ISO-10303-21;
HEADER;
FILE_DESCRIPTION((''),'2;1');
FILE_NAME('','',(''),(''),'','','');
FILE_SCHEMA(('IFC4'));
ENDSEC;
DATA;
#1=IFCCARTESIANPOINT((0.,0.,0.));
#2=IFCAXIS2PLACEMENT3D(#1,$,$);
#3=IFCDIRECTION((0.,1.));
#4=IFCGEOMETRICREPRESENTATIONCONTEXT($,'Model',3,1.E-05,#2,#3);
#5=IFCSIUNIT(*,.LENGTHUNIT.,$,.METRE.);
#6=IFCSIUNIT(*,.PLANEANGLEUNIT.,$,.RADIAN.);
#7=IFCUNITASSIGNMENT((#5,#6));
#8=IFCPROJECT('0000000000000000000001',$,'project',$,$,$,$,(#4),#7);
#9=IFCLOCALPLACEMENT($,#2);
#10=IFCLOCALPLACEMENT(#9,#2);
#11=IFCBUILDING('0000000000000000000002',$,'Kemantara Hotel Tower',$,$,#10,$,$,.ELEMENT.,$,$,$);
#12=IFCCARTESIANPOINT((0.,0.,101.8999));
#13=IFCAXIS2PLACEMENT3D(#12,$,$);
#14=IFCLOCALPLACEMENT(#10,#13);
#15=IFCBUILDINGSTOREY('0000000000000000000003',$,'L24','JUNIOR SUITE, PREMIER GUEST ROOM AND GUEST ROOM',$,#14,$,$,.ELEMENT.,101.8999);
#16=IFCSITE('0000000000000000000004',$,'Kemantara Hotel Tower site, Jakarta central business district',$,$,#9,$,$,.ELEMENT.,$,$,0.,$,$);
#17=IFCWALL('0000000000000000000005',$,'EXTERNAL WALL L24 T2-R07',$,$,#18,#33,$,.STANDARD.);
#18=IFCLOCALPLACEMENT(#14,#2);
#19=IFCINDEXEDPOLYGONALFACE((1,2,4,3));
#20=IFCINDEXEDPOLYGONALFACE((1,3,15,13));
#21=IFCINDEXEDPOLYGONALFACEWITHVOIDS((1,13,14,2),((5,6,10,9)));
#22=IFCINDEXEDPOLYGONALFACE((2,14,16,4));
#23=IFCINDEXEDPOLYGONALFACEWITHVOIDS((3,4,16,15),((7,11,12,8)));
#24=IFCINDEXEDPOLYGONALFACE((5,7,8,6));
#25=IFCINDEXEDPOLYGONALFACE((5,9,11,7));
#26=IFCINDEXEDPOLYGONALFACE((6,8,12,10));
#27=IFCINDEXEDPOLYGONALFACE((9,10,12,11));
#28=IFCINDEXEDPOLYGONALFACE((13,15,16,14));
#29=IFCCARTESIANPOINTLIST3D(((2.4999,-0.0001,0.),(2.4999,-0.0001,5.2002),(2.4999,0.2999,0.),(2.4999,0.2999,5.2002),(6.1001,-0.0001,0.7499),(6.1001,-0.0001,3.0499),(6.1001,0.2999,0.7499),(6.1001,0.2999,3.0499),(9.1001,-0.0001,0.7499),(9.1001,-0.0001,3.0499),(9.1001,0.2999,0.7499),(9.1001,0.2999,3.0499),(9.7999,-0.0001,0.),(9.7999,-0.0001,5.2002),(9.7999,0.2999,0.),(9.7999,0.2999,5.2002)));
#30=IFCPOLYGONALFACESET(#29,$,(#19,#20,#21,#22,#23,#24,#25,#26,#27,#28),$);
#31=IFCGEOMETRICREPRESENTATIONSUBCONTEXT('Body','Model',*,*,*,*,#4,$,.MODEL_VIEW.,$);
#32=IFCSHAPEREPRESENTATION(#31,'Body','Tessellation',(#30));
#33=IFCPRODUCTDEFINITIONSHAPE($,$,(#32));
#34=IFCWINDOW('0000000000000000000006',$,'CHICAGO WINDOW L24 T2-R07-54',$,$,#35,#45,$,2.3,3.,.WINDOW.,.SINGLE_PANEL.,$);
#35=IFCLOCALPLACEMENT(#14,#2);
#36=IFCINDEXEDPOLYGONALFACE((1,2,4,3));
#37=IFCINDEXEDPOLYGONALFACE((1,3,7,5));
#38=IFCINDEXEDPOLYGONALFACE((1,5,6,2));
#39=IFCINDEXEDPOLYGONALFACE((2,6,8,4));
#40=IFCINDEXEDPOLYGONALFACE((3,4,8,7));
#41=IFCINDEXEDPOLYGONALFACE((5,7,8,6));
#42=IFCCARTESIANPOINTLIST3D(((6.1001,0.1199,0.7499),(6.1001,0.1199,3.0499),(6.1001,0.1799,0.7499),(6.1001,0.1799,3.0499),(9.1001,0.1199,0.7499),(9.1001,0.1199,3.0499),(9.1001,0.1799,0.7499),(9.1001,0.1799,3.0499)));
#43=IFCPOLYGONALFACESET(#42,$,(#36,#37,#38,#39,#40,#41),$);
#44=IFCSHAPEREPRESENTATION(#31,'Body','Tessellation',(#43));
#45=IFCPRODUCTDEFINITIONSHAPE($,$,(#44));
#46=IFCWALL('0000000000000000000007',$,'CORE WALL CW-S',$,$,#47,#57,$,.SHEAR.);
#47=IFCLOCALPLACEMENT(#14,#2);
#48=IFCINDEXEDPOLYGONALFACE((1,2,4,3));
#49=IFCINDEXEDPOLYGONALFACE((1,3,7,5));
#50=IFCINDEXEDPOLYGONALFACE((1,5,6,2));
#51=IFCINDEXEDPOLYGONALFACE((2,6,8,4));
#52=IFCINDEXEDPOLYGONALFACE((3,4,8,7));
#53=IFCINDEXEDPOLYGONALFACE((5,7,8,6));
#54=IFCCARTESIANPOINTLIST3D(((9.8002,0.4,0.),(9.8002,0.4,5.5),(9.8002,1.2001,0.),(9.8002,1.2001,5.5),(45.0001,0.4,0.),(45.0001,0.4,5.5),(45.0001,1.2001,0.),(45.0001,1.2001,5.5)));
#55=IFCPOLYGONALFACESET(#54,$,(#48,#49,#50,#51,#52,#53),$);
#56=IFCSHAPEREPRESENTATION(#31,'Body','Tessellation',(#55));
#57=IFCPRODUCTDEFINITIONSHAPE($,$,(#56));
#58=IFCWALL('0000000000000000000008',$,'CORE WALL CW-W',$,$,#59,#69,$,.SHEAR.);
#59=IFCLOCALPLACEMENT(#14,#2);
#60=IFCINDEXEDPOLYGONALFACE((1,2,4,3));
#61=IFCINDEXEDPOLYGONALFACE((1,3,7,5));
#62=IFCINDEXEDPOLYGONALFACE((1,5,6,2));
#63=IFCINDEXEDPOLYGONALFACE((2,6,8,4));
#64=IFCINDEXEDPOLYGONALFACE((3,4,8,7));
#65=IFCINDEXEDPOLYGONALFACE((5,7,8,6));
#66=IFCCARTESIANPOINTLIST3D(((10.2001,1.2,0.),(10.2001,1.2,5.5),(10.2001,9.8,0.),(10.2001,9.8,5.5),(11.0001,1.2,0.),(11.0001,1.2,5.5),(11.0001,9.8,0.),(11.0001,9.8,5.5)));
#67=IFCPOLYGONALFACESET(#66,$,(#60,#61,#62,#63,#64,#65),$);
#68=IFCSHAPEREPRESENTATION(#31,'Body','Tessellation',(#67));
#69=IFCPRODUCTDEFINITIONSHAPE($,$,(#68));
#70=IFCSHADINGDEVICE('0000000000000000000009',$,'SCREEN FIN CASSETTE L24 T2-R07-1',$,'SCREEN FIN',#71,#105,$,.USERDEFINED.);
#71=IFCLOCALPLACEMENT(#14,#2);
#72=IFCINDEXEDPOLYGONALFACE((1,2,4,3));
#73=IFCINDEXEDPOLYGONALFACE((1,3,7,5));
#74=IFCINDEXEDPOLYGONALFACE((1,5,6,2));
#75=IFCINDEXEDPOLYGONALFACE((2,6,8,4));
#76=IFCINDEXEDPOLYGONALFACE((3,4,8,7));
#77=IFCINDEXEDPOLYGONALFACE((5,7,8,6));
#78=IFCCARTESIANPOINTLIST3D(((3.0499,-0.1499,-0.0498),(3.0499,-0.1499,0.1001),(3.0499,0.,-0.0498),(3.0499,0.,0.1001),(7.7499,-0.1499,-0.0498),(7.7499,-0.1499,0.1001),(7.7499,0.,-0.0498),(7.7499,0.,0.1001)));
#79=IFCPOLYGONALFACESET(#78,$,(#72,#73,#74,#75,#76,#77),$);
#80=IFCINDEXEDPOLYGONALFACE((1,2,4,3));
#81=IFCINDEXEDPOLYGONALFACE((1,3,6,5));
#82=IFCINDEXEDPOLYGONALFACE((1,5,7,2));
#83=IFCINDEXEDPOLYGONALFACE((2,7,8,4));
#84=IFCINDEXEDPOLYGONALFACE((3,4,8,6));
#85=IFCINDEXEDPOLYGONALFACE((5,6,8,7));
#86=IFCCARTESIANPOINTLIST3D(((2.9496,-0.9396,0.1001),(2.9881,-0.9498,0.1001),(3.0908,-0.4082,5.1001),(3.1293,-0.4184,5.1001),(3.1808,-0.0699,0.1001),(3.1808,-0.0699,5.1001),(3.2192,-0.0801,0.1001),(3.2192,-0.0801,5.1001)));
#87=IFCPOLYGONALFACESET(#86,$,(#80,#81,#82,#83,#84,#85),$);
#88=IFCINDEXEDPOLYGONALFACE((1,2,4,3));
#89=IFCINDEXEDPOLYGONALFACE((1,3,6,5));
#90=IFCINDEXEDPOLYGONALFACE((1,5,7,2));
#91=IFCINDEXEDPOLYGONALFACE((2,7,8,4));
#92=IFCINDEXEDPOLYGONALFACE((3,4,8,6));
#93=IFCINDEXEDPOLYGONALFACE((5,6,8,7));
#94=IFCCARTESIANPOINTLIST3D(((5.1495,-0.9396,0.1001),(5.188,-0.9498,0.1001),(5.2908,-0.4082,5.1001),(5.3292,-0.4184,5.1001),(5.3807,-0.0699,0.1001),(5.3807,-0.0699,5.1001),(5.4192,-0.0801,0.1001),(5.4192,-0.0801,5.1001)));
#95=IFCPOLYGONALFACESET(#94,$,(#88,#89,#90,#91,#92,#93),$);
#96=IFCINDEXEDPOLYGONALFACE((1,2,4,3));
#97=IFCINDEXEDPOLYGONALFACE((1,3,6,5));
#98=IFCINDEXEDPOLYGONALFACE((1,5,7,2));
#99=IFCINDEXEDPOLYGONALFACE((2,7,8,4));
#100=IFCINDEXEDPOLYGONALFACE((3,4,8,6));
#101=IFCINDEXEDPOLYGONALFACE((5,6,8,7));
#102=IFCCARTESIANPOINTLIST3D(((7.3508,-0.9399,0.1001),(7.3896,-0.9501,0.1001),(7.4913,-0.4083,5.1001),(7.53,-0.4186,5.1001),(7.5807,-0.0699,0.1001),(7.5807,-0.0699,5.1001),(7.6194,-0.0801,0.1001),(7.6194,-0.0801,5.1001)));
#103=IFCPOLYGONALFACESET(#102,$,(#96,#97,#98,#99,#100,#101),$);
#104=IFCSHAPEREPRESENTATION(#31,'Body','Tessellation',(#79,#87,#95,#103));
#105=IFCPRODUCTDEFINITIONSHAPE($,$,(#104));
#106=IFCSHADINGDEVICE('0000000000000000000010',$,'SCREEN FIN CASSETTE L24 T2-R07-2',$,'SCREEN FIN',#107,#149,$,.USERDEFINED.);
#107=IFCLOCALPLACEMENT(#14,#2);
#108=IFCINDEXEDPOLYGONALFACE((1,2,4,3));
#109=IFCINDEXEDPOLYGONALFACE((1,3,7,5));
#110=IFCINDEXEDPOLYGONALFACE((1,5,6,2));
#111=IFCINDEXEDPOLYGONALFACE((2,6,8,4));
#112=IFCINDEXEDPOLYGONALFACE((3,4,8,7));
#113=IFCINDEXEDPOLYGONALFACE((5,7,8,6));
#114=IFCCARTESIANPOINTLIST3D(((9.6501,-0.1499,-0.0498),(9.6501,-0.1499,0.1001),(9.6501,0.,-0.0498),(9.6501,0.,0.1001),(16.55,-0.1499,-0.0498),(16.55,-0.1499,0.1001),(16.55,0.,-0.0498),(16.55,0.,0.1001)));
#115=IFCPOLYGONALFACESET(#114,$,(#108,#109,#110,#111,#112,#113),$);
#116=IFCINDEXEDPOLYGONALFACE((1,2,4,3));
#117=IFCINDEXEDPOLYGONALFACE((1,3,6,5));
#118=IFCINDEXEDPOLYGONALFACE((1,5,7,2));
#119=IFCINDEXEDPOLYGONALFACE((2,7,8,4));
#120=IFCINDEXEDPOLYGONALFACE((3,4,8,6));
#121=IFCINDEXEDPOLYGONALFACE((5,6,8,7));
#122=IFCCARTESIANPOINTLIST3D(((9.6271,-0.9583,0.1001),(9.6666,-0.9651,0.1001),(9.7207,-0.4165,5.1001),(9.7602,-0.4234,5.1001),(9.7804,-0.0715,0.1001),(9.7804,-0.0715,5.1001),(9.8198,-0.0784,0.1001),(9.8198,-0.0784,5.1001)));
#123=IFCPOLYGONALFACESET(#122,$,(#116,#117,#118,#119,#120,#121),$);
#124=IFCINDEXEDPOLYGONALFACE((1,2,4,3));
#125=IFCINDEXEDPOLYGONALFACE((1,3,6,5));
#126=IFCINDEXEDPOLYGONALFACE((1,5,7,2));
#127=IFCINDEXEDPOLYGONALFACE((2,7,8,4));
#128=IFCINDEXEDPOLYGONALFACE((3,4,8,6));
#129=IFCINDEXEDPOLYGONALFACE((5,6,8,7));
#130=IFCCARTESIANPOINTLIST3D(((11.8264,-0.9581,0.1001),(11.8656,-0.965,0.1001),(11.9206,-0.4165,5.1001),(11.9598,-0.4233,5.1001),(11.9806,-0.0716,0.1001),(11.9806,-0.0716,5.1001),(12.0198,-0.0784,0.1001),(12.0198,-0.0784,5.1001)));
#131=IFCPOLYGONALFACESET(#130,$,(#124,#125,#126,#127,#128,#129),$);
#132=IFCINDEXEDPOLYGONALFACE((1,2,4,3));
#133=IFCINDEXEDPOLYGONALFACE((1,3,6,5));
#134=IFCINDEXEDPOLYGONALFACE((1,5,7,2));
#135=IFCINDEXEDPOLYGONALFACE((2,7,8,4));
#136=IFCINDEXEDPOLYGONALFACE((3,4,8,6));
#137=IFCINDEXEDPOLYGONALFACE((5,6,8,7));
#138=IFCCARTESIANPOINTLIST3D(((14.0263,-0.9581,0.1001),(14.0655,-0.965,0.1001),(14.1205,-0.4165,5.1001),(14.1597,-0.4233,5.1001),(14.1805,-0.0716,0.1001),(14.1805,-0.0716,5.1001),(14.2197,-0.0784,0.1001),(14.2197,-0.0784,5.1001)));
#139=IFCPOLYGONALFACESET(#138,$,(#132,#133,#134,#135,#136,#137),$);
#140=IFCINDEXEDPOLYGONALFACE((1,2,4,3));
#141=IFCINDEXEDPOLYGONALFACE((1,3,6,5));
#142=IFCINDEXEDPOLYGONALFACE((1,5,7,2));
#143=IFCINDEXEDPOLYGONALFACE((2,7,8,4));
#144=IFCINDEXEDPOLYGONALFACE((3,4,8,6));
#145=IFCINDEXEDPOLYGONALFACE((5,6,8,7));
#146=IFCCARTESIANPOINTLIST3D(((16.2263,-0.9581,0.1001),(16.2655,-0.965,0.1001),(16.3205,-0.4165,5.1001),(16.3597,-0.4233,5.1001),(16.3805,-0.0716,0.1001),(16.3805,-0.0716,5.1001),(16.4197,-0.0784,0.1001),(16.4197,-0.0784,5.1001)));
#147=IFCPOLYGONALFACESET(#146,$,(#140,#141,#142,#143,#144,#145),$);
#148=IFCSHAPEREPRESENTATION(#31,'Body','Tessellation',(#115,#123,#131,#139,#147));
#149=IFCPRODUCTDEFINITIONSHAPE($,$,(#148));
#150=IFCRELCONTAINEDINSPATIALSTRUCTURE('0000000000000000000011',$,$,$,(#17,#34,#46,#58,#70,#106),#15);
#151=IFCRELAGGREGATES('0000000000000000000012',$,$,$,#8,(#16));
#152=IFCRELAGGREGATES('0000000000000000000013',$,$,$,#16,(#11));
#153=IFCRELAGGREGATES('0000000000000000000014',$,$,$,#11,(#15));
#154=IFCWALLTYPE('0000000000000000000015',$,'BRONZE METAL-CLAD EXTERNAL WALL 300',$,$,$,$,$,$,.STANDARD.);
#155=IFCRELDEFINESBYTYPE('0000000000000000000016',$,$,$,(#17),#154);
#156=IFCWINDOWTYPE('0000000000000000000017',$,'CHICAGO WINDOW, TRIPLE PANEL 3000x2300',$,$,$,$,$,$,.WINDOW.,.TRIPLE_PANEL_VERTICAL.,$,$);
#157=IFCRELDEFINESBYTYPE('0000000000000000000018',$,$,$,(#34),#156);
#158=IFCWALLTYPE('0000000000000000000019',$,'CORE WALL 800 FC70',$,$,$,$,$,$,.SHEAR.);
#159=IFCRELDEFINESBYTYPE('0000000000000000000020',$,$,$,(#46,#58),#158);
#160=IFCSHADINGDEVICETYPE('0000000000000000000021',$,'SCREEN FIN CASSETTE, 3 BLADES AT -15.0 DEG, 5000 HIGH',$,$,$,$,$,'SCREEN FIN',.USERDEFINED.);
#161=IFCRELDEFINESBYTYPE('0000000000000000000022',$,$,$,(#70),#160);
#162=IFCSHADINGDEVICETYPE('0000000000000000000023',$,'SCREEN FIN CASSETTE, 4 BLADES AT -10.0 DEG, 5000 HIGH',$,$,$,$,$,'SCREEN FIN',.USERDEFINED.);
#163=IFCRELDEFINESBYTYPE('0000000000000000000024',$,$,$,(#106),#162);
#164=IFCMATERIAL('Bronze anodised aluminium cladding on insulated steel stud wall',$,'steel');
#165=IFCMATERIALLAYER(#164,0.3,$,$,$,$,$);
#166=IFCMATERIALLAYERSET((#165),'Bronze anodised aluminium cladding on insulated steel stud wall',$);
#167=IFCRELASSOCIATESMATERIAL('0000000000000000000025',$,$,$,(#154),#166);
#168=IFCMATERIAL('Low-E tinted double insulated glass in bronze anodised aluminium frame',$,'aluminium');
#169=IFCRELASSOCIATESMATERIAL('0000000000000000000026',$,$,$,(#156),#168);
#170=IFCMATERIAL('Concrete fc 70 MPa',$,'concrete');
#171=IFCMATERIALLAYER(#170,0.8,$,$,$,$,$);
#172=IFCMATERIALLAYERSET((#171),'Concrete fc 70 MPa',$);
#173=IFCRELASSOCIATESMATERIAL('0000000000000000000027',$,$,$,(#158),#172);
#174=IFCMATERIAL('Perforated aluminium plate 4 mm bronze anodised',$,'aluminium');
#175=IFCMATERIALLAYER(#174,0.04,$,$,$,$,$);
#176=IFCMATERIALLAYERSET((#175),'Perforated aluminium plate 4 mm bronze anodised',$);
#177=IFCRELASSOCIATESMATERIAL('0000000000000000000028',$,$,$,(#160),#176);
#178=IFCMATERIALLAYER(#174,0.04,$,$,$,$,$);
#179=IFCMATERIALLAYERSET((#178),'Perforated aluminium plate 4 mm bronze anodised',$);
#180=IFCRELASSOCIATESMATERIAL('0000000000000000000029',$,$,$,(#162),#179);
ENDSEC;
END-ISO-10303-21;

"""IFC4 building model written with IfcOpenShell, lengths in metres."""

from ifc_helpers import new_model, si_unit, direction, frame, frame_2d, origin, origin_2d, place, context, subcontext, project, spatial, polyline, rectangle, outline, extrude, source, transform, mapped, material, layer, layer_set, type_object, element, fill, save


model = new_model("IFC4")

# Units and contexts
model_context = context("Model", 3, precision=1e-05, world=origin(), true_north=direction((0.0, 1.0)))
body_context = subcontext(model_context, "Body", "Model", "MODEL_VIEW")
ifc_project = project(units=[si_unit("LENGTHUNIT", "METRE"), si_unit("PLANEANGLEUNIT", "RADIAN")], contexts=[model_context])

# Site, building, storey
site_placement = place(None, origin())
site = spatial("IfcSite", under=ifc_project, at=site_placement, Name="Kemantara Hotel Tower site, Jakarta central business district", CompositionType="ELEMENT", RefElevation=0.0)
building_placement = place(site_placement, origin())
building = spatial("IfcBuilding", under=site, at=building_placement, Name="Kemantara Hotel Tower", CompositionType="ELEMENT")
storey_placement = place(building_placement, frame((0.0, 0.0, 101.8999)))
storey = spatial("IfcBuildingStorey", under=building, at=storey_placement, Name="L24", Description="JUNIOR SUITE, PREMIER GUEST ROOM AND GUEST ROOM", CompositionType="ELEMENT", Elevation=101.8999)

# Shared definitions
ifc_material_1 = material(Name="Concrete fc 70 MPa", Category="concrete")

# Shared definitions
ifc_material_2 = material(Name="Bronze anodised aluminium cladding on insulated steel stud wall", Category="steel")
ifc_layer_1 = layer(ifc_material_2, 0.3)
ifc_layer_set_1 = layer_set([ifc_layer_1], Name="Bronze anodised aluminium cladding on insulated steel stud wall")
wall_type_1 = type_object("IfcWallType", Name="BRONZE METAL-CLAD EXTERNAL WALL 300", PredefinedType="STANDARD", material=ifc_layer_set_1)

# Wall, opening, window
wall_1_placement = place(storey_placement, frame((2.5, 0.1499, 0.0), z_axis=(0.0, 0.0, 1.0), x_axis=(1.0, 0.0, 0.0)))
wall_1 = element("IfcWall", 1, at=wall_1_placement, inside=storey, type_object=wall_type_1, Name="EXTERNAL WALL L24 T2-R07", PredefinedType="STANDARD", context=body_context, shape_type="SweptSolid", body=[
    extrude(rectangle(XDim=7.3, YDim=0.3, at=frame_2d((3.6499, 0.0))), origin(), (0.0, 0.0, 1.0), 5.2002),
])
opening_placement = place(wall_1_placement, frame((3.6001, 0.0, 0.75)))
opening = element("IfcOpeningElement", 2, at=opening_placement, cuts=wall_1, PredefinedType="OPENING", context=body_context, shape_type="SweptSolid", body=[
    extrude(rectangle(XDim=3.0, YDim=2.3, at=frame_2d((1.5, 1.1499))), frame((0.0, 0.1599, 0.0), z_axis=(0.0, -1.0, 0.0), x_axis=(1.0, 0.0, 0.0)), (0.0, 0.0, 1.0), 0.3201),
])
ifc_material_3 = material(Name="Low-E tinted double insulated glass in bronze anodised aluminium frame", Category="aluminium")
window_type = type_object("IfcWindowType", Name="CHICAGO WINDOW, TRIPLE PANEL 3000x2300", PartitioningType="TRIPLE_PANEL_VERTICAL", PredefinedType="WINDOW", material=ifc_material_3)
window_placement = place(opening_placement, origin())
window = element("IfcWindow", 3, at=window_placement, inside=storey, type_object=window_type, Name="CHICAGO WINDOW L24 T2-R07-54", OverallHeight=2.3, OverallWidth=3.0, PartitioningType="SINGLE_PANEL", PredefinedType="WINDOW", context=body_context, shape_type="SweptSolid", body=[
    extrude(rectangle(XDim=3.0, YDim=2.3, at=frame_2d((1.5, 1.1499))), frame((0.0, 0.03, 0.0), z_axis=(0.0, -1.0, 0.0), x_axis=(1.0, 0.0, 0.0)), (0.0, 0.0, 1.0), 0.0601),
])
fill(opening, window)

# Walls
ifc_layer_2 = layer(ifc_material_1, 0.8)
ifc_layer_set_2 = layer_set([ifc_layer_2], Name="Concrete fc 70 MPa")
wall_type_2 = type_object("IfcWallType", Name="CORE WALL 800 FC70", PredefinedType="SHEAR", material=ifc_layer_set_2)
wall_2_placement = place(storey_placement, frame((9.8, 0.8, 0.0), z_axis=(0.0, 0.0, 1.0), x_axis=(1.0, 0.0, 0.0)))
element("IfcWall", 4, at=wall_2_placement, inside=storey, type_object=wall_type_2, Name="CORE WALL CW-S", PredefinedType="SHEAR", context=body_context, shape_type="SweptSolid", body=[
    extrude(rectangle(XDim=35.2, YDim=0.8, at=frame_2d((17.6001, 0.0))), origin(), (0.0, 0.0, 1.0), 5.5),
])
wall_3_placement = place(storey_placement, frame((10.6001, 1.2, 0.0), z_axis=(0.0, 0.0, 1.0), x_axis=(0.0, 1.0, 0.0)))
element("IfcWall", 5, at=wall_3_placement, inside=storey, type_object=wall_type_2, Name="CORE WALL CW-W", PredefinedType="SHEAR", context=body_context, shape_type="SweptSolid", body=[
    extrude(rectangle(XDim=8.6001, YDim=0.8, at=frame_2d((4.3, 0.0))), origin(), (0.0, 0.0, 1.0), 5.5),
])

# Shading devices
ifc_material_4 = material(Name="Perforated aluminium plate 4 mm bronze anodised", Category="aluminium")
ifc_layer_3 = layer(ifc_material_4, 0.04)
ifc_layer_set_3 = layer_set([ifc_layer_3], Name="Perforated aluminium plate 4 mm bronze anodised")
shading_device_type_1 = type_object("IfcShadingDeviceType", Name="SCREEN FIN CASSETTE, 3 BLADES AT -15.0 DEG, 5000 HIGH", ElementType="SCREEN FIN", PredefinedType="USERDEFINED", material=ifc_layer_set_3)
shared_shape_1 = source(origin(), body_context, "Body", "SweptSolid", [
    extrude(rectangle(XDim=4.7, YDim=0.1499, at=origin_2d()), frame((2.2, -0.075, -0.1499), z_axis=(0.0, 0.0, 1.0), x_axis=(1.0, 0.0, 0.0)), (0.0, 0.0, 1.0), 0.1499),
    extrude(outline(polyline([(0.0, 0.0), (0.8999, 0.0), (0.3501, 5.0), (0.0, 5.0), (0.0, 0.0)])), frame((0.0193, -0.0801, 0.0), z_axis=(-0.966438, 0.256901, 0.0), x_axis=(-0.256901, -0.966438, 0.0)), (0.0, 0.0, 1.0), 0.0398),
    extrude(outline(polyline([(0.0, 0.0), (0.8999, 0.0), (0.3501, 5.0), (0.0, 5.0), (0.0, 0.0)])), frame((2.2192, -0.0801, 0.0), z_axis=(-0.966438, 0.256901, 0.0), x_axis=(-0.256901, -0.966438, 0.0)), (0.0, 0.0, 1.0), 0.0398),
    extrude(outline(polyline([(0.0, 0.0), (0.8999, 0.0), (0.3501, 5.0), (0.0, 5.0), (0.0, 0.0)])), frame((4.4194, -0.0801, 0.0), z_axis=(-0.966838, 0.255391, 0.0), x_axis=(-0.255391, -0.966838, 0.0)), (0.0, 0.0, 1.0), 0.04),
])
shading_device_1_placement = place(storey_placement, frame((3.2, 0.0, 0.1001), z_axis=(0.0, 0.0, 1.0), x_axis=(1.0, 0.0, 0.0)))
element("IfcShadingDevice", 6, at=shading_device_1_placement, inside=storey, type_object=shading_device_type_1, Name="SCREEN FIN CASSETTE L24 T2-R07-1", ObjectType="SCREEN FIN", PredefinedType="USERDEFINED", context=body_context, shape_type="MappedRepresentation", body=[
    mapped(shared_shape_1, transform((0.0, 0.0, 0.0))),
])
ifc_layer_4 = layer(ifc_material_4, 0.04)
ifc_layer_set_4 = layer_set([ifc_layer_4], Name="Perforated aluminium plate 4 mm bronze anodised")
shading_device_type_2 = type_object("IfcShadingDeviceType", Name="SCREEN FIN CASSETTE, 4 BLADES AT -10.0 DEG, 5000 HIGH", ElementType="SCREEN FIN", PredefinedType="USERDEFINED", material=ifc_layer_set_4)
shared_shape_2 = source(origin(), body_context, "Body", "SweptSolid", [
    extrude(rectangle(XDim=6.8999, YDim=0.1499, at=origin_2d()), frame((3.3, -0.075, -0.1499), z_axis=(0.0, 0.0, 1.0), x_axis=(1.0, 0.0, 0.0)), (0.0, 0.0, 1.0), 0.1499),
    extrude(outline(polyline([(0.0, 0.0), (0.8999, 0.0), (0.3501, 5.0), (0.0, 5.0), (0.0, 0.0)])), frame((0.0198, -0.0784, 0.0), z_axis=(-0.98539, 0.170314, 0.0), x_axis=(-0.170314, -0.98539, 0.0)), (0.0, 0.0, 1.0), 0.04),
    extrude(outline(polyline([(0.0, 0.0), (0.8999, 0.0), (0.3501, 5.0), (0.0, 5.0), (0.0, 0.0)])), frame((2.2197, -0.0784, 0.0), z_axis=(-0.985212, 0.171341, 0.0), x_axis=(-0.171341, -0.985212, 0.0)), (0.0, 0.0, 1.0), 0.0398),
    extrude(outline(polyline([(0.0, 0.0), (0.8999, 0.0), (0.3501, 5.0), (0.0, 5.0), (0.0, 0.0)])), frame((4.4197, -0.0784, 0.0), z_axis=(-0.985212, 0.171341, 0.0), x_axis=(-0.171341, -0.985212, 0.0)), (0.0, 0.0, 1.0), 0.0398),
    extrude(outline(polyline([(0.0, 0.0), (0.8999, 0.0), (0.3501, 5.0), (0.0, 5.0), (0.0, 0.0)])), frame((6.6196, -0.0784, 0.0), z_axis=(-0.985212, 0.171341, 0.0), x_axis=(-0.171341, -0.985212, 0.0)), (0.0, 0.0, 1.0), 0.0398),
])
shading_device_2_placement = place(storey_placement, frame((9.8, 0.0, 0.1001), z_axis=(0.0, 0.0, 1.0), x_axis=(1.0, 0.0, 0.0)))
element("IfcShadingDevice", 7, at=shading_device_2_placement, inside=storey, type_object=shading_device_type_2, Name="SCREEN FIN CASSETTE L24 T2-R07-2", ObjectType="SCREEN FIN", PredefinedType="USERDEFINED", context=body_context, shape_type="MappedRepresentation", body=[
    mapped(shared_shape_2, transform((0.0, 0.0, 0.0))),
])

save(model, "model.ifc")
